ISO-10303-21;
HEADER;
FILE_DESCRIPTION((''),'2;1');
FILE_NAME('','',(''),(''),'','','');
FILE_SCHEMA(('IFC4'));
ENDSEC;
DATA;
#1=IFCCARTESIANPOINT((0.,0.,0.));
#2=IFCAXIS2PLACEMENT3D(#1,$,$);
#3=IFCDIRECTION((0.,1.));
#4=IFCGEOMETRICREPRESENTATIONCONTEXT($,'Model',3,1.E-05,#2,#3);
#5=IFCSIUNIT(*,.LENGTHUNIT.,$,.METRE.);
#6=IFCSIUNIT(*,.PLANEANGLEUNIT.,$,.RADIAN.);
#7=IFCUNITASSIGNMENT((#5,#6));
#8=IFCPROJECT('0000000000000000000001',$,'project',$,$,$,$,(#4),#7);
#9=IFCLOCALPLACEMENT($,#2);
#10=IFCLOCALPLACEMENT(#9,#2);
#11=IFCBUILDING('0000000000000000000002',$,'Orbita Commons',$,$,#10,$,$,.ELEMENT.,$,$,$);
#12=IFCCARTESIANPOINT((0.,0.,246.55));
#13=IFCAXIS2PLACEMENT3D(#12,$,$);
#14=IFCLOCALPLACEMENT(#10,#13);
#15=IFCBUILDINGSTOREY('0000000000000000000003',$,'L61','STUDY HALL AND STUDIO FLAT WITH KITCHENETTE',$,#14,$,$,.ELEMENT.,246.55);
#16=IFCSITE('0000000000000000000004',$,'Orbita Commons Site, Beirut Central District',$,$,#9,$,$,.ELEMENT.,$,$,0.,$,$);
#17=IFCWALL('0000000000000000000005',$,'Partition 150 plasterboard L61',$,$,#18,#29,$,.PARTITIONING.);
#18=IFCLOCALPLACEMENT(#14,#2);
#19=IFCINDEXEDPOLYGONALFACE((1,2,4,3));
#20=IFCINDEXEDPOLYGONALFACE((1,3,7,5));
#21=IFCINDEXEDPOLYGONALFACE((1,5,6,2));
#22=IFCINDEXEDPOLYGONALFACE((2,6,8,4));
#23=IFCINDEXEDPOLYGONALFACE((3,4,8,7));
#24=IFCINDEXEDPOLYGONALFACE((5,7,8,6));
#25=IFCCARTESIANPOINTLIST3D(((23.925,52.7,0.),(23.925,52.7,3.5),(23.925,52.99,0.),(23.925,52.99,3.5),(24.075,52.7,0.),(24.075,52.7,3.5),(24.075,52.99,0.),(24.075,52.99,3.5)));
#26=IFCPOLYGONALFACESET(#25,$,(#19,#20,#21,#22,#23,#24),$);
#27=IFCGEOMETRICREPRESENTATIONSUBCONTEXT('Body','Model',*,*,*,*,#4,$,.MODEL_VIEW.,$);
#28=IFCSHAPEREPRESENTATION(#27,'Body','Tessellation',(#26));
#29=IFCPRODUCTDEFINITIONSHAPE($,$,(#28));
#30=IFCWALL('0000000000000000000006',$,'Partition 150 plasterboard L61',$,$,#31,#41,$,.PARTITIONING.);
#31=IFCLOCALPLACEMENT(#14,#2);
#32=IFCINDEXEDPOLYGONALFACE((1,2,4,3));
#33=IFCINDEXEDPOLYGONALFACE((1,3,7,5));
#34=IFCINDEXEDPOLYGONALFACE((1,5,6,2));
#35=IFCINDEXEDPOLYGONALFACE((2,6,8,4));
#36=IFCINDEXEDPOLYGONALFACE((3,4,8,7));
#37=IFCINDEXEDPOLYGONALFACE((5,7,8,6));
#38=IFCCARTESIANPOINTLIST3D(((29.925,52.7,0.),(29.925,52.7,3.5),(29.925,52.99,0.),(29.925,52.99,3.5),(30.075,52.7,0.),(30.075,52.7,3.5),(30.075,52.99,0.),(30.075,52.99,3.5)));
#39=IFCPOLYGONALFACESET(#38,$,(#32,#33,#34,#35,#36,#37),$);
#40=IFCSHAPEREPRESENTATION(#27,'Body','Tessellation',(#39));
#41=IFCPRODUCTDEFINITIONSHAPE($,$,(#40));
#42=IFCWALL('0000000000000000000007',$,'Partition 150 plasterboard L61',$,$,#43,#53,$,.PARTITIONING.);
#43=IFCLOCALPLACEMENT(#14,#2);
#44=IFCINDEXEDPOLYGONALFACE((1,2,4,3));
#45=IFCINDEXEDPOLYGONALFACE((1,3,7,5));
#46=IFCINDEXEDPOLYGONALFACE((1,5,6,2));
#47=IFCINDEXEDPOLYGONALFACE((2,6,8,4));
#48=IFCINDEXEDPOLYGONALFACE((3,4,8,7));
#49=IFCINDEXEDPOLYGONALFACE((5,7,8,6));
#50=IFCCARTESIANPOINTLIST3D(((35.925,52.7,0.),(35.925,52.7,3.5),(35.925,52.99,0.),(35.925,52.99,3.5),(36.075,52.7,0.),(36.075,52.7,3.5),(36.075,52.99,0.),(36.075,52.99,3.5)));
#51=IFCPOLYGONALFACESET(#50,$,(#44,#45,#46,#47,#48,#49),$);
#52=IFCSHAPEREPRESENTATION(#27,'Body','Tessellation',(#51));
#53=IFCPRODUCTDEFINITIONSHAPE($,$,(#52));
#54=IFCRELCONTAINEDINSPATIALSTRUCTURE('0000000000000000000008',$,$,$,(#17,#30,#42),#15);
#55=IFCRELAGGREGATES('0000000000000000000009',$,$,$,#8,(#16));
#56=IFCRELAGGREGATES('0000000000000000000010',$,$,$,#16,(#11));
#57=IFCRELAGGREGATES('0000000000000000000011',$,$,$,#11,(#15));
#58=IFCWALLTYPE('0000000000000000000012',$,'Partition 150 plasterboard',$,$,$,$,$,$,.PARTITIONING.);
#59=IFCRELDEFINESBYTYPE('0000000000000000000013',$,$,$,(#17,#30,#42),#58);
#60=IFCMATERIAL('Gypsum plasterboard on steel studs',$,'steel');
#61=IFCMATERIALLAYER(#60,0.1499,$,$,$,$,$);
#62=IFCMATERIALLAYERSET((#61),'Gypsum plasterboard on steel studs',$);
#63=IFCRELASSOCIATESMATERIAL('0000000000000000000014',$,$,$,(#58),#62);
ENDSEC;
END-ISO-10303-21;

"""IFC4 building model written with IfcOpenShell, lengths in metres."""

from ifc_helpers import new_model, si_unit, direction, frame, frame_2d, origin, place, context, subcontext, project, spatial, rectangle, extrude, material, layer, layer_set, type_object, element, save


model = new_model("IFC4")

# Units and contexts
model_context = context("Model", 3, precision=1e-05, world=origin(), true_north=direction((0.0, 1.0)))
body_context = subcontext(model_context, "Body", "Model", "MODEL_VIEW")
ifc_project = project(units=[si_unit("LENGTHUNIT", "METRE"), si_unit("PLANEANGLEUNIT", "RADIAN")], contexts=[model_context])

# Site, building, storey
site_placement = place(None, origin())
site = spatial("IfcSite", under=ifc_project, at=site_placement, Name="Orbita Commons Site, Beirut Central District", CompositionType="ELEMENT", RefElevation=0.0)
building_placement = place(site_placement, origin())
building = spatial("IfcBuilding", under=site, at=building_placement, Name="Orbita Commons", CompositionType="ELEMENT")
storey_placement = place(building_placement, frame((0.0, 0.0, 246.55)))
storey = spatial("IfcBuildingStorey", under=building, at=storey_placement, Name="L61", Description="STUDY HALL AND STUDIO FLAT WITH KITCHENETTE", CompositionType="ELEMENT", Elevation=246.55)

# Walls
ifc_material_1 = material(Name="Gypsum plasterboard on steel studs", Category="steel")
ifc_layer_1 = layer(ifc_material_1, 0.1499)
ifc_layer_set_1 = layer_set([ifc_layer_1], Name="Gypsum plasterboard on steel studs")
wall_type_1 = type_object("IfcWallType", Name="Partition 150 plasterboard", PredefinedType="PARTITIONING", material=ifc_layer_set_1)
for number, where, z_axis, x_axis, name in (
    (1, (24.0, 52.7, 0.0), (0.0, 0.0, 1.0), (0.0, 1.0, 0.0), "Partition 150 plasterboard L61"),
    (2, (30.0, 52.7, 0.0), (0.0, 0.0, 1.0), (0.0, 1.0, 0.0), "Partition 150 plasterboard L61"),
    (3, (36.0, 52.7, 0.0), (0.0, 0.0, 1.0), (0.0, 1.0, 0.0), "Partition 150 plasterboard L61"),
):
    element("IfcWall", number, at=place(storey_placement, frame(where, z_axis=z_axis, x_axis=x_axis)), inside=storey, type_object=wall_type_1, Name=name, PredefinedType="PARTITIONING", context=body_context, shape_type="SweptSolid", body=[
        extrude(rectangle(XDim=0.29, YDim=0.1499, at=frame_2d((0.145, 0.0))), origin(), (0.0, 0.0, 1.0), 3.5),
    ])

save(model, "model.ifc")
